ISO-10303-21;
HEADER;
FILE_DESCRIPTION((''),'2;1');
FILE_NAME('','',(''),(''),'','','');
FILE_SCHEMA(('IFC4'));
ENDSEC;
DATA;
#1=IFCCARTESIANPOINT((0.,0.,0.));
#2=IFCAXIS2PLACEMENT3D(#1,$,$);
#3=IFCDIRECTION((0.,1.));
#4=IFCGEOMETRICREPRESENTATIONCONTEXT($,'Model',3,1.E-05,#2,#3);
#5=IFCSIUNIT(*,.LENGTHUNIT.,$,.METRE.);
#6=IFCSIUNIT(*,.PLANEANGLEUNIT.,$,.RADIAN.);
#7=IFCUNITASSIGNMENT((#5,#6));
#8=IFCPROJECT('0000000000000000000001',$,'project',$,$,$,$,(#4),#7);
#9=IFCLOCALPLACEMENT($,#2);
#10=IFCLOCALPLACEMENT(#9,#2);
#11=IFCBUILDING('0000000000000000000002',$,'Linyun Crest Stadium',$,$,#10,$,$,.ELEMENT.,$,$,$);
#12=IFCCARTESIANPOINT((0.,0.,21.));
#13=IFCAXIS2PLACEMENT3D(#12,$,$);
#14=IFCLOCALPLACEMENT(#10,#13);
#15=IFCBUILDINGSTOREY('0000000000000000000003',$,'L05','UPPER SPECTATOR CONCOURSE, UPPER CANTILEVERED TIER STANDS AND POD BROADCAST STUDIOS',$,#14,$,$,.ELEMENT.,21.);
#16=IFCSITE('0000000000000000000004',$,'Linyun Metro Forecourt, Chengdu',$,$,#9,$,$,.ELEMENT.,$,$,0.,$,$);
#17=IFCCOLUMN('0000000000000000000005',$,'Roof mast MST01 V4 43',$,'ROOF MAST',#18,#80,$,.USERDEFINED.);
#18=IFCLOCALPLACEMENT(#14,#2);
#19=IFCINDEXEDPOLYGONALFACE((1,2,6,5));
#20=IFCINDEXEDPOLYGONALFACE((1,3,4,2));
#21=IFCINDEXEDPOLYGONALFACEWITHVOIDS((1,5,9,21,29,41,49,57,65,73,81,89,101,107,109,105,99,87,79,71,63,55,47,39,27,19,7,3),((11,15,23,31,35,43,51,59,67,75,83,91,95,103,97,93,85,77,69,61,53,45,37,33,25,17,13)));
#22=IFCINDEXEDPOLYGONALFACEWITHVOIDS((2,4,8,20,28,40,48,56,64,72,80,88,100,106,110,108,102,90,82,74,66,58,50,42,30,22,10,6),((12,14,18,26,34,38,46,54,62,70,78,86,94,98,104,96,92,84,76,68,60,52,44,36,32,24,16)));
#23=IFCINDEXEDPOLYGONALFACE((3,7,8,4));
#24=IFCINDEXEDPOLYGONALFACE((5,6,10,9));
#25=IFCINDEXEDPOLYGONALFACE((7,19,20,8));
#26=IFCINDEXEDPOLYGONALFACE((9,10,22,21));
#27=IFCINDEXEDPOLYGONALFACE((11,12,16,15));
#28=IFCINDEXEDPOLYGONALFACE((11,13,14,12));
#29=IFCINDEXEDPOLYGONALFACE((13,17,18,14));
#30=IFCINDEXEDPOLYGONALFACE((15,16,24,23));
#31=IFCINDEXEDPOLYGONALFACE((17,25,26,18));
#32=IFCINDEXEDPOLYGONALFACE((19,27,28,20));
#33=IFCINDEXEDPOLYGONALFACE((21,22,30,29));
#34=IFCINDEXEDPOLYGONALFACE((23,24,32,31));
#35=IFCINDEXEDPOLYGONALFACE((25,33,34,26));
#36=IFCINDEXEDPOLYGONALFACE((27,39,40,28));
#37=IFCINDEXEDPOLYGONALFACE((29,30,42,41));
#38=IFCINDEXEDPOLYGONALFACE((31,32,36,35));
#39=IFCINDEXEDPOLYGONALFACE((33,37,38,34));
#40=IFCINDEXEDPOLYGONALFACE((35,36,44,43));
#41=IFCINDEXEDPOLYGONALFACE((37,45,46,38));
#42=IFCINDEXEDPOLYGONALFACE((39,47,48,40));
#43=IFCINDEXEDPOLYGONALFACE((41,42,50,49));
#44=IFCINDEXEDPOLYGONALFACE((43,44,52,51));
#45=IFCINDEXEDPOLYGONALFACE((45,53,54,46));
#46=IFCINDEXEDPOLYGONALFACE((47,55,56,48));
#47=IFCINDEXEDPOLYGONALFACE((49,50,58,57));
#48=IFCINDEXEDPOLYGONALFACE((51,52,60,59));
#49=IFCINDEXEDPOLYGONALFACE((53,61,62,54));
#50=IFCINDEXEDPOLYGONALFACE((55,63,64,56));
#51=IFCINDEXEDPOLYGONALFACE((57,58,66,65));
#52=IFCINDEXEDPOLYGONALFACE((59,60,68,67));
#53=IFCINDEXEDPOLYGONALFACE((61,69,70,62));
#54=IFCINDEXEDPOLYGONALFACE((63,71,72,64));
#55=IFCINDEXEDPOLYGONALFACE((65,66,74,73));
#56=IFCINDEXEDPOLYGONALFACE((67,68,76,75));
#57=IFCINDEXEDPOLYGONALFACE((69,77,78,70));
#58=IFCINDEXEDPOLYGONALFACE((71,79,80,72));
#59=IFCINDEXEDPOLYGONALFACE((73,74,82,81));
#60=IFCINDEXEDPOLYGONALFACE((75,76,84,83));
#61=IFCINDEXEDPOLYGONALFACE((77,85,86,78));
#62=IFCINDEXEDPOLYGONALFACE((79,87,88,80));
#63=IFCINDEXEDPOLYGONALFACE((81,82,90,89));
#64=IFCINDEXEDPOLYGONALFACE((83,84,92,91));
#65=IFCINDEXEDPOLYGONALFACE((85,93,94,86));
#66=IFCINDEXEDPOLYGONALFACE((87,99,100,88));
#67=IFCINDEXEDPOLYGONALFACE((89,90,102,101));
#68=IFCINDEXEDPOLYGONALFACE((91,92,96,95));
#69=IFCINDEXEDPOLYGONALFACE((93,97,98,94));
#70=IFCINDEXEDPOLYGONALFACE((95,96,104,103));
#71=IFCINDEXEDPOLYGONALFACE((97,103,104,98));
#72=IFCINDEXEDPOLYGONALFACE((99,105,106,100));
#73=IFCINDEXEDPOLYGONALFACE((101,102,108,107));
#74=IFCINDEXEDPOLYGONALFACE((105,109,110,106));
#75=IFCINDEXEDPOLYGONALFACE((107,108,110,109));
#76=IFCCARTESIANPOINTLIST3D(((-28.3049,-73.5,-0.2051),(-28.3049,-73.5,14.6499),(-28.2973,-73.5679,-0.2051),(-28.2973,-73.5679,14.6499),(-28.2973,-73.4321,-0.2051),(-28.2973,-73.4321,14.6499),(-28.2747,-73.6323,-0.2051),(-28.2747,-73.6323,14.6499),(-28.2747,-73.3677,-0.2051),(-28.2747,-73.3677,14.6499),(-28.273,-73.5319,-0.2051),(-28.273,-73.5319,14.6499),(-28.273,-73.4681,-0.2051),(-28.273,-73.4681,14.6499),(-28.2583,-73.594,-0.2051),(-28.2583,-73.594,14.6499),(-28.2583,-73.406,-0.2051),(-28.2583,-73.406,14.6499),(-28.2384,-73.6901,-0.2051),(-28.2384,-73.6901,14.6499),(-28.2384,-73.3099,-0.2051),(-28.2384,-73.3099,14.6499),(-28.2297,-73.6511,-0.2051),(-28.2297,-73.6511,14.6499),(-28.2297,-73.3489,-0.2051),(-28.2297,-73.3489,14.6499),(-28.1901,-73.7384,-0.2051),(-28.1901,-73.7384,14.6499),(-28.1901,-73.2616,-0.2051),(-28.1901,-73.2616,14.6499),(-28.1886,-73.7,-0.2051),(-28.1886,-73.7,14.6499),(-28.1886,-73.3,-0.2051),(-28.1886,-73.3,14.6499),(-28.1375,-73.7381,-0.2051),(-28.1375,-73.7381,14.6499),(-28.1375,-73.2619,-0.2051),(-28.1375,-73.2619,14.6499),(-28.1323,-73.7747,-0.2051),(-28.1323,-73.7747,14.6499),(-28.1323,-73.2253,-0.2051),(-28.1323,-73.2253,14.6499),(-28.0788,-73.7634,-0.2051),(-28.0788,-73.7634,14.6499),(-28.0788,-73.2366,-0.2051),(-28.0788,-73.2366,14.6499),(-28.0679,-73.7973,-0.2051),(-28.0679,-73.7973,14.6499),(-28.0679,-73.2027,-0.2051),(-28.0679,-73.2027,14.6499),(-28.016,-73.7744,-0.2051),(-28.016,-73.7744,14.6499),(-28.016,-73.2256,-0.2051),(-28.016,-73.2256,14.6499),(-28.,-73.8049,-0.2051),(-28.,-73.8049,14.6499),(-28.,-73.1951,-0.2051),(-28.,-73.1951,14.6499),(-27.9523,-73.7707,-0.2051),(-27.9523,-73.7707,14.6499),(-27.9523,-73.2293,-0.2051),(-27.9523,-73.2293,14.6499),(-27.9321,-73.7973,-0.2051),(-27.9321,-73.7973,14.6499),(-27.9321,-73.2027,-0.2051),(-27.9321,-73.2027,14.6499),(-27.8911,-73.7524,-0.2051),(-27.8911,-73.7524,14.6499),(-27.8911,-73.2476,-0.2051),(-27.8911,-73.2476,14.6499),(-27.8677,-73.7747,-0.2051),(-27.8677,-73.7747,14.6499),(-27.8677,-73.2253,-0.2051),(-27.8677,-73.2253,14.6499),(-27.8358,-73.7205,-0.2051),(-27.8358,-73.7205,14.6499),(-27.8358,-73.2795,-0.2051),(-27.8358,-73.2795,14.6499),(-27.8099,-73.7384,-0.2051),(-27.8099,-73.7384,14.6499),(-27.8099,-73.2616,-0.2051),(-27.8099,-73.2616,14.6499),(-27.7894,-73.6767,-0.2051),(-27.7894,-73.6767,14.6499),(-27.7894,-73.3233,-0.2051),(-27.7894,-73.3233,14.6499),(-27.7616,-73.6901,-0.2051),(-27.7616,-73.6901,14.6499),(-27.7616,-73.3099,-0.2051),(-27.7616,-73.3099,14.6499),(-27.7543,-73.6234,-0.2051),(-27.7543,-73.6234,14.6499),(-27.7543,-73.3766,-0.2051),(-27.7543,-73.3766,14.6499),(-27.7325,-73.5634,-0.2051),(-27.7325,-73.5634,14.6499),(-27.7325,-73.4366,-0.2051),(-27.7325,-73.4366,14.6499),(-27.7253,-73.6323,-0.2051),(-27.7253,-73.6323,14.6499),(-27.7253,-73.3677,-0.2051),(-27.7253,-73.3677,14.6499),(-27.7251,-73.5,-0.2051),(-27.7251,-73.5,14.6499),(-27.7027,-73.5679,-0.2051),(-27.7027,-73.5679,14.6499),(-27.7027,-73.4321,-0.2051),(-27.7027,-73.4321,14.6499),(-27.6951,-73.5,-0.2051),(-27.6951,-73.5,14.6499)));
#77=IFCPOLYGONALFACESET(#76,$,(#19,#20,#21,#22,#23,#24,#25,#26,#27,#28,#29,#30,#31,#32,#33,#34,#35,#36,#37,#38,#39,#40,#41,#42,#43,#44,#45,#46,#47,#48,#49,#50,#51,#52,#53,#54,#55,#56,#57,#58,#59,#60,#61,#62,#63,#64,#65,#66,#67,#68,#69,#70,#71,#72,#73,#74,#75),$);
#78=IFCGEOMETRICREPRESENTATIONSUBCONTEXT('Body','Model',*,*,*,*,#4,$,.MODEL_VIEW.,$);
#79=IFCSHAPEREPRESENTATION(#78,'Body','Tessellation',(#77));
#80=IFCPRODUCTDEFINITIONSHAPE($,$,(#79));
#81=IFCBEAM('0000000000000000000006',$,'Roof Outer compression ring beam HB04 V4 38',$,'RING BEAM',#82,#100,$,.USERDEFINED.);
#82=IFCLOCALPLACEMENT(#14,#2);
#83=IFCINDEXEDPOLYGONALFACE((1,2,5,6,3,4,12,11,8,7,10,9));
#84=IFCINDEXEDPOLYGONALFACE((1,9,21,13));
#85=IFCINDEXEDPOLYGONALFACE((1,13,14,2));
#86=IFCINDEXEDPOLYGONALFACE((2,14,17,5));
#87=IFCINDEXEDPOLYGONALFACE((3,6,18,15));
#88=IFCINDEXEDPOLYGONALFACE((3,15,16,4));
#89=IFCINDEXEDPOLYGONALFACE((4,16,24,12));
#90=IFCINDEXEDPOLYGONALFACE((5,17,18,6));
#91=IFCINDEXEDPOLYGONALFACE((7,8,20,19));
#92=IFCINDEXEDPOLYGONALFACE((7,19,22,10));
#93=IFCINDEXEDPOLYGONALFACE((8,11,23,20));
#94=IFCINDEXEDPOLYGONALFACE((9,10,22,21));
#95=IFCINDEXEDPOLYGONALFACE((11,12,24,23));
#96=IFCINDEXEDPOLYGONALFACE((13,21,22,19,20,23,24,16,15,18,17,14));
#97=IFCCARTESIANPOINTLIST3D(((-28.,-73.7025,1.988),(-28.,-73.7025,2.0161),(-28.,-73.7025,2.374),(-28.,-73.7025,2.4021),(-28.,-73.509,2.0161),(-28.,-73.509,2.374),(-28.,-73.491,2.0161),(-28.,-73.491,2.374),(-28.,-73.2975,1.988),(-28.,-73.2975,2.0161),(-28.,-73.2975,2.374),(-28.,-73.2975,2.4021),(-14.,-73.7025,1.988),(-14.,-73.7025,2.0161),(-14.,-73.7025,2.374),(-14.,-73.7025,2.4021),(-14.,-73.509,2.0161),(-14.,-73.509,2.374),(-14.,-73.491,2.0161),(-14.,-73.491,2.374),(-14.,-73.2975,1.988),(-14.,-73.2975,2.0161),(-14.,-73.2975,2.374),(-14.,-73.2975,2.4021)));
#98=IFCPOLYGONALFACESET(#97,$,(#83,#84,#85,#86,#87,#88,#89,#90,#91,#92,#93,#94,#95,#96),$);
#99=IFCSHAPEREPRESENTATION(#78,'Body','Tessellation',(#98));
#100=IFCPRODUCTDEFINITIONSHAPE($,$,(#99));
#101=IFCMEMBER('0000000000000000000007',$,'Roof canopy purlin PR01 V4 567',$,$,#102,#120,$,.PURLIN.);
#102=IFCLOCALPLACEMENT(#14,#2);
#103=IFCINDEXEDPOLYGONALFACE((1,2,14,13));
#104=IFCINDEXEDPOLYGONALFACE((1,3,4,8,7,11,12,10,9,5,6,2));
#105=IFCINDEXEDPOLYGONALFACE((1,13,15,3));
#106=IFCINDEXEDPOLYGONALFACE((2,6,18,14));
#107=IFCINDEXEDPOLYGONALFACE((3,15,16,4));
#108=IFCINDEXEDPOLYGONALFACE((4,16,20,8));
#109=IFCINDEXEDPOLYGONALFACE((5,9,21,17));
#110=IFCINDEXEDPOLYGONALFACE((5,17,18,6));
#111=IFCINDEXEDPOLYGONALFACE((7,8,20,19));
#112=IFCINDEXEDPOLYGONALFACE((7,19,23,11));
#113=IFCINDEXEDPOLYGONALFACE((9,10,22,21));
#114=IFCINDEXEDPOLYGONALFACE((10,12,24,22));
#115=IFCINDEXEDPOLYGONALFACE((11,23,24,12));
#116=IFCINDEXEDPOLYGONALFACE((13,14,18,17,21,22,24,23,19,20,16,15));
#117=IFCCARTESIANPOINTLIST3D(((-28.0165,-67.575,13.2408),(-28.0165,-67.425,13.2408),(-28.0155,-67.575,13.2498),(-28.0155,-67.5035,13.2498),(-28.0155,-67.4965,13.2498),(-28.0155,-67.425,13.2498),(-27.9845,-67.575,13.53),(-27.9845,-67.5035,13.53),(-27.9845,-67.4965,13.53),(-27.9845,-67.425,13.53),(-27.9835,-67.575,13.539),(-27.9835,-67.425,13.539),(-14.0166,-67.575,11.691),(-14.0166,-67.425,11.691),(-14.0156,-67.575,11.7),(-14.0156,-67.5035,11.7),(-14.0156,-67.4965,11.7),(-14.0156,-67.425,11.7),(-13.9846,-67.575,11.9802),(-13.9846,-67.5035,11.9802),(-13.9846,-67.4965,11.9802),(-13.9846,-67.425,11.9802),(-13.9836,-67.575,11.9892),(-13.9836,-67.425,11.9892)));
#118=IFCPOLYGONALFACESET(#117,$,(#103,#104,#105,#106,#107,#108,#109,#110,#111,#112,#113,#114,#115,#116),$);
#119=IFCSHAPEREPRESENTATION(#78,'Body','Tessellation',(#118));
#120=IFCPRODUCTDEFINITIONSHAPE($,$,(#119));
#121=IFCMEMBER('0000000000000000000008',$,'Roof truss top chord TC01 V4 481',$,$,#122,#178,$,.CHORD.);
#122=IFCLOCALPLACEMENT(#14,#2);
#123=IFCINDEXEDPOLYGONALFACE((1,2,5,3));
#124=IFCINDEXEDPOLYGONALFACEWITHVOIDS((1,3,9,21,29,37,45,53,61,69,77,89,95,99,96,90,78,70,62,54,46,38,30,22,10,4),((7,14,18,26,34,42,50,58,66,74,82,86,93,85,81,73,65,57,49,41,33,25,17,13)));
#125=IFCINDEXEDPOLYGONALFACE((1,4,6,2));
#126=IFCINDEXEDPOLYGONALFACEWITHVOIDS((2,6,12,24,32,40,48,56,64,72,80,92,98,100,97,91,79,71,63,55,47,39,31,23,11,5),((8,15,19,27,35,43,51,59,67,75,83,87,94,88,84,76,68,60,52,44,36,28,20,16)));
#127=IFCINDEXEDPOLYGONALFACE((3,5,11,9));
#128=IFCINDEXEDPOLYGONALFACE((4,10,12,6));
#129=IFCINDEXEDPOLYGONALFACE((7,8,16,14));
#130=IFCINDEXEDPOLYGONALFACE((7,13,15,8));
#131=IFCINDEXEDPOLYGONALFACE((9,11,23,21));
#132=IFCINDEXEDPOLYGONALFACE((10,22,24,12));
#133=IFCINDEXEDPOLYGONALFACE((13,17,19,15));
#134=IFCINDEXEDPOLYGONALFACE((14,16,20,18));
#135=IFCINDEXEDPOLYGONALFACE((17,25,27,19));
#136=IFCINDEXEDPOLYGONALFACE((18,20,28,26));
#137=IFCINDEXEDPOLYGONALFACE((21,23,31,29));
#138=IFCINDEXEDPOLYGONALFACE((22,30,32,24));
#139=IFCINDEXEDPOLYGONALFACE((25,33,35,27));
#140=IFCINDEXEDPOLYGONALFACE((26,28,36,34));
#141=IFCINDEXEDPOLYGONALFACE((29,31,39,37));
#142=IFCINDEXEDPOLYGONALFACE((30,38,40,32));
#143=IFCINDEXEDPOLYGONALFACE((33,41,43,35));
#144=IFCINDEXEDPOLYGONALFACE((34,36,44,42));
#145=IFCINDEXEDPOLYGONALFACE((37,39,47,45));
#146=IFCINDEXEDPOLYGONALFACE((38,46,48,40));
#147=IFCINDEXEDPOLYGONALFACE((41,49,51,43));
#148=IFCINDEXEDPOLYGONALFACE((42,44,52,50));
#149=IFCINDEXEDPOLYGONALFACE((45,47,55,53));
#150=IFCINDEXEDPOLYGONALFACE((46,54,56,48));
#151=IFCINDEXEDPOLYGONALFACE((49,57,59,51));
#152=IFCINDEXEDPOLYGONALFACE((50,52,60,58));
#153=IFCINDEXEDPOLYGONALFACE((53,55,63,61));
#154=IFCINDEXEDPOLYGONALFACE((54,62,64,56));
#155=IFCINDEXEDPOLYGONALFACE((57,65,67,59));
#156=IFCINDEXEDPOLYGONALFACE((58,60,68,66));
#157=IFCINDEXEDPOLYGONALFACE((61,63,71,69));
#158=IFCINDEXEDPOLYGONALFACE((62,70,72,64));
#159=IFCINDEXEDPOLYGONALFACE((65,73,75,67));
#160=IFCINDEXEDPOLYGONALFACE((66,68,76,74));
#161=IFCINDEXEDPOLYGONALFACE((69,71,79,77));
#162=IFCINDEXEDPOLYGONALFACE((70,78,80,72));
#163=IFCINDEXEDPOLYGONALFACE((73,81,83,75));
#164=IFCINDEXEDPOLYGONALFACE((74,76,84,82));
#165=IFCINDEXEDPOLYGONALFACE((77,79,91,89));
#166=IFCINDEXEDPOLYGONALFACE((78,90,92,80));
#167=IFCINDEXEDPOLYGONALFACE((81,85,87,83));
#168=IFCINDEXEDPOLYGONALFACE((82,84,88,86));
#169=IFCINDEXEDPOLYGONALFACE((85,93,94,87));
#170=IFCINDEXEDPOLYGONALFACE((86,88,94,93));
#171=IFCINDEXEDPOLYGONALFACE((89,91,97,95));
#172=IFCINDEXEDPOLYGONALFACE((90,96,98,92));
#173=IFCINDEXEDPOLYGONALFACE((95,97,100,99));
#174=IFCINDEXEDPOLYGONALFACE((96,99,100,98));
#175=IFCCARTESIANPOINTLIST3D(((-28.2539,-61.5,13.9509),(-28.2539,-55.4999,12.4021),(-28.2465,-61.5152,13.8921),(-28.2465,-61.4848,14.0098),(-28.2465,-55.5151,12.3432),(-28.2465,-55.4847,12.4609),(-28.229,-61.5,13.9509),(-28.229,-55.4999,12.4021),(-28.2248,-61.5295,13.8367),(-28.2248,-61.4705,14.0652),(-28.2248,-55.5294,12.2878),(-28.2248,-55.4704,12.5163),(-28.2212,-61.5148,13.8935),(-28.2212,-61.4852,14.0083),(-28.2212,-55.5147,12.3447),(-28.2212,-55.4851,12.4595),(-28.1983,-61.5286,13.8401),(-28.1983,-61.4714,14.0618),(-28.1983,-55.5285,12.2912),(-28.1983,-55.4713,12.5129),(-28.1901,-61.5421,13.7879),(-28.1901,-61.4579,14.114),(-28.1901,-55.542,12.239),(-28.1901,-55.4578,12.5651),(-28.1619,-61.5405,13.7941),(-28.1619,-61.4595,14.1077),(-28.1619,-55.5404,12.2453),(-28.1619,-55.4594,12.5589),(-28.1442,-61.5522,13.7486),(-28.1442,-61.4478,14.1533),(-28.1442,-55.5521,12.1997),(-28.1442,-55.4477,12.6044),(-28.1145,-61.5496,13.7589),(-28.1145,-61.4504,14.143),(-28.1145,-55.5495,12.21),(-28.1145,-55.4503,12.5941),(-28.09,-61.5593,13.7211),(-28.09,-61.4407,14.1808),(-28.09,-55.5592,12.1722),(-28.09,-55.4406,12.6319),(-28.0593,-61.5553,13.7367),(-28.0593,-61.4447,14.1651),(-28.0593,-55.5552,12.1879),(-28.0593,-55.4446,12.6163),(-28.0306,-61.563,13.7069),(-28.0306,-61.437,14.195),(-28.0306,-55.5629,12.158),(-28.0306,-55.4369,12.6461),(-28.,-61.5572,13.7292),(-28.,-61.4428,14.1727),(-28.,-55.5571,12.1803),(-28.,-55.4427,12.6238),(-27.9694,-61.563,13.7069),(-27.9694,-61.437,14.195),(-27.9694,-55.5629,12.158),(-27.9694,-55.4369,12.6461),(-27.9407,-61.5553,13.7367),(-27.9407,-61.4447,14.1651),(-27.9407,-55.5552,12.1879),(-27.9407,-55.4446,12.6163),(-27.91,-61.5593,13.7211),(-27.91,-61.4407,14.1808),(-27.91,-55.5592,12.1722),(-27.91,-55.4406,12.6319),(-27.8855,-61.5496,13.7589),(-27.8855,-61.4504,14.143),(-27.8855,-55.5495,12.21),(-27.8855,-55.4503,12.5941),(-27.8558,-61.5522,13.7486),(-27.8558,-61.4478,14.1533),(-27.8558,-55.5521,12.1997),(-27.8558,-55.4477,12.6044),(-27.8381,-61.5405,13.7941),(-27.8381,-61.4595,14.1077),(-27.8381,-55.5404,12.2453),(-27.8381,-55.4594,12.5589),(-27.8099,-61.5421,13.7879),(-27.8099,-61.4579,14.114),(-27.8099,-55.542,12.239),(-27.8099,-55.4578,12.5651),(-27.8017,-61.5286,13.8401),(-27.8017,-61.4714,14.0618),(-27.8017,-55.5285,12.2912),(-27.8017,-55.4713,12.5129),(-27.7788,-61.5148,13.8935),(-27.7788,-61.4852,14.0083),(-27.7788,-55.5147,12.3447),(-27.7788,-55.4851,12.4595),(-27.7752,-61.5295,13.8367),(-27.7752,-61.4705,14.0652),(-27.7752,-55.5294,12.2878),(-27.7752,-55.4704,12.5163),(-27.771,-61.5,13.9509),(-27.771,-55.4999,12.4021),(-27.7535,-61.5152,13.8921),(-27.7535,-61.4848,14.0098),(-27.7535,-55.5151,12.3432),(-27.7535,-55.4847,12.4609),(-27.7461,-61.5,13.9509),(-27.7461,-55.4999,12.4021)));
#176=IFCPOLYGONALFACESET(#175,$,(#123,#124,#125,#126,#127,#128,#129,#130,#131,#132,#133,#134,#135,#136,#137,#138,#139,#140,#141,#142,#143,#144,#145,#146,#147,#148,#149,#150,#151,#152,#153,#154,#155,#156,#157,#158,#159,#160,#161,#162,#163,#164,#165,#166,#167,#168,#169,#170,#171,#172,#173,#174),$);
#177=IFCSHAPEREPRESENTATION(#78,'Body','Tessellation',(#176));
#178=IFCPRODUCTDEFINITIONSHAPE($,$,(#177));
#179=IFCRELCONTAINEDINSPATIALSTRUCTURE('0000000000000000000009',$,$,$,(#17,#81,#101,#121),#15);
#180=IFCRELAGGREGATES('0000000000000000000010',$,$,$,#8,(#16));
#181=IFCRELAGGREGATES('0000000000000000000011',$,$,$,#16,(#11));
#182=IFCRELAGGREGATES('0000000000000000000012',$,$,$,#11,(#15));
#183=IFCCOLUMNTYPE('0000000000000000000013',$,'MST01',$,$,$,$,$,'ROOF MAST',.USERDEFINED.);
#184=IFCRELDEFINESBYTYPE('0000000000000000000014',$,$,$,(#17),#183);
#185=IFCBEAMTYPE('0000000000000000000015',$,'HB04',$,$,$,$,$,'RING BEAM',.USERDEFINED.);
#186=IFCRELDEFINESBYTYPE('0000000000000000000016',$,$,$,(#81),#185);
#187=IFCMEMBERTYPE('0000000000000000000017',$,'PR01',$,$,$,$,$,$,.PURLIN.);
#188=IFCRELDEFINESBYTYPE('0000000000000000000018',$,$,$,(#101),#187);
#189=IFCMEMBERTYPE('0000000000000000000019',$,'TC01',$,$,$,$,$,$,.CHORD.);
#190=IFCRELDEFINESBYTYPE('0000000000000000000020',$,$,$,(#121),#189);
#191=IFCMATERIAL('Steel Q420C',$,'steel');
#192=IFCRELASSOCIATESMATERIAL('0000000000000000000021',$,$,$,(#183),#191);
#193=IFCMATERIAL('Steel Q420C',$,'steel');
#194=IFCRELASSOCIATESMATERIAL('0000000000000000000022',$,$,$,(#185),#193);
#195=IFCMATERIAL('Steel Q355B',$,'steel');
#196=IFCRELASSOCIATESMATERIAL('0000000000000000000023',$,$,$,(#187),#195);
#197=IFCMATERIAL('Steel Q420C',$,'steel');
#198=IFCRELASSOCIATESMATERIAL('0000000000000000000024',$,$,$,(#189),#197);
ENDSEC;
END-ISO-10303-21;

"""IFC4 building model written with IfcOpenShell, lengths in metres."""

from ifc_helpers import new_model, si_unit, direction, frame, origin, origin_2d, place, context, subcontext, project, spatial, hollow_circle, i_section, extrude, material, material_profile, profile_set, type_object, element, save


model = new_model("IFC4")

# Units and contexts
model_context = context("Model", 3, precision=1e-05, world=origin(), true_north=direction((0.0, 1.0)))
body_context = subcontext(model_context, "Body", "Model", "MODEL_VIEW")
ifc_project = project(units=[si_unit("LENGTHUNIT", "METRE"), si_unit("PLANEANGLEUNIT", "RADIAN")], contexts=[model_context])

# Site, building, storey
site_placement = place(None, origin())
site = spatial("IfcSite", under=ifc_project, at=site_placement, Name="Linyun Metro Forecourt, Chengdu", CompositionType="ELEMENT", RefElevation=0.0)
building_placement = place(site_placement, origin())
building = spatial("IfcBuilding", under=site, at=building_placement, Name="Linyun Crest Stadium", CompositionType="ELEMENT")
storey_placement = place(building_placement, frame((0.0, 0.0, 21.0)))
storey = spatial("IfcBuildingStorey", under=building, at=storey_placement, Name="L05", Description="UPPER SPECTATOR CONCOURSE, UPPER CANTILEVERED TIER STANDS AND POD BROADCAST STUDIOS", CompositionType="ELEMENT", Elevation=21.0)

# Column
ifc_material_1 = material(Name="Steel Q420C", Category="steel")
ifc_material_profile_1 = material_profile(ifc_material_1, hollow_circle(Radius=0.3049, WallThickness=0.03, at=origin_2d()), Name="CHS 610x30")
ifc_profile_set_1 = profile_set([ifc_material_profile_1], Name="Steel Q420C")
column_type = type_object("IfcColumnType", Name="MST01", ElementType="ROOF MAST", PredefinedType="USERDEFINED", material=ifc_profile_set_1)
column_placement = place(storey_placement, frame((-28.0, -73.5, -0.2051), z_axis=(0.0, 0.0, 1.0), x_axis=(1.0, 0.0, 0.0)))
element("IfcColumn", 1, at=column_placement, inside=storey, type_object=column_type, Name="Roof mast MST01 V4 43", ObjectType="ROOF MAST", PredefinedType="USERDEFINED", context=body_context, shape_type="SweptSolid", body=[
    extrude(hollow_circle(Radius=0.3049, WallThickness=0.03, at=origin_2d()), origin(), (0.0, 0.0, 1.0), 14.855),
])

# Beam
ifc_material_2 = material(Name="Steel Q420C", Category="steel")
ifc_material_profile_2 = material_profile(ifc_material_2, i_section(OverallWidth=0.405, OverallDepth=0.4141, WebThickness=0.0181, FlangeThickness=0.0281, at=origin_2d()), Name="HW 414x405")
ifc_profile_set_2 = profile_set([ifc_material_profile_2], Name="Steel Q420C")
beam_type = type_object("IfcBeamType", Name="HB04", ElementType="RING BEAM", PredefinedType="USERDEFINED", material=ifc_profile_set_2)
beam_placement = place(storey_placement, frame((-28.0, -73.5, 2.1951), z_axis=(1.0, 0.0, 0.0), x_axis=(0.0, 1.0, 0.0)))
element("IfcBeam", 2, at=beam_placement, inside=storey, type_object=beam_type, Name="Roof Outer compression ring beam HB04 V4 38", ObjectType="RING BEAM", PredefinedType="USERDEFINED", context=body_context, shape_type="SweptSolid", body=[
    extrude(i_section(OverallWidth=0.405, OverallDepth=0.4141, WebThickness=0.0181, FlangeThickness=0.0281, at=origin_2d()), origin(), (0.0, 0.0, 1.0), 14.0),
])

# Members
ifc_material_3 = material(Name="Steel Q355B", Category="steel")
ifc_material_profile_3 = material_profile(ifc_material_3, i_section(OverallWidth=0.1499, OverallDepth=0.3, WebThickness=0.0071, FlangeThickness=0.009, at=origin_2d()), Name="HN 300x150")
ifc_profile_set_3 = profile_set([ifc_material_profile_3], Name="Steel Q355B")
member_type_1 = type_object("IfcMemberType", Name="PR01", PredefinedType="PURLIN", material=ifc_profile_set_3)
member_1_placement = place(storey_placement, frame((-28.0, -67.5, 13.3899), z_axis=(0.993928, 0.0, -0.110028), x_axis=(0.0, 1.0, 0.0)))
element("IfcMember", 3, at=member_1_placement, inside=storey, type_object=member_type_1, Name="Roof canopy purlin PR01 V4 567", PredefinedType="PURLIN", context=body_context, shape_type="SweptSolid", body=[
    extrude(i_section(OverallWidth=0.1499, OverallDepth=0.3, WebThickness=0.0071, FlangeThickness=0.009, at=origin_2d()), origin(), (0.0, 0.0, 1.0), 14.0854),
])
ifc_material_4 = material(Name="Steel Q420C", Category="steel")
ifc_material_profile_4 = material_profile(ifc_material_4, hollow_circle(Radius=0.2539, WallThickness=0.0249, at=origin_2d()), Name="CHS 508x25")
ifc_profile_set_4 = profile_set([ifc_material_profile_4], Name="Steel Q420C")
member_type_2 = type_object("IfcMemberType", Name="TC01", PredefinedType="CHORD", material=ifc_profile_set_4)
member_2_placement = place(storey_placement, frame((-28.0, -61.5, 13.9509), z_axis=(0.0, 0.96826, -0.249945), x_axis=(-1.0, 0.0, 0.0)))
element("IfcMember", 4, at=member_2_placement, inside=storey, type_object=member_type_2, Name="Roof truss top chord TC01 V4 481", PredefinedType="CHORD", context=body_context, shape_type="SweptSolid", body=[
    extrude(hollow_circle(Radius=0.2539, WallThickness=0.0249, at=origin_2d()), origin(), (0.0, 0.0, 1.0), 6.1968),
])

save(model, "model.ifc")
